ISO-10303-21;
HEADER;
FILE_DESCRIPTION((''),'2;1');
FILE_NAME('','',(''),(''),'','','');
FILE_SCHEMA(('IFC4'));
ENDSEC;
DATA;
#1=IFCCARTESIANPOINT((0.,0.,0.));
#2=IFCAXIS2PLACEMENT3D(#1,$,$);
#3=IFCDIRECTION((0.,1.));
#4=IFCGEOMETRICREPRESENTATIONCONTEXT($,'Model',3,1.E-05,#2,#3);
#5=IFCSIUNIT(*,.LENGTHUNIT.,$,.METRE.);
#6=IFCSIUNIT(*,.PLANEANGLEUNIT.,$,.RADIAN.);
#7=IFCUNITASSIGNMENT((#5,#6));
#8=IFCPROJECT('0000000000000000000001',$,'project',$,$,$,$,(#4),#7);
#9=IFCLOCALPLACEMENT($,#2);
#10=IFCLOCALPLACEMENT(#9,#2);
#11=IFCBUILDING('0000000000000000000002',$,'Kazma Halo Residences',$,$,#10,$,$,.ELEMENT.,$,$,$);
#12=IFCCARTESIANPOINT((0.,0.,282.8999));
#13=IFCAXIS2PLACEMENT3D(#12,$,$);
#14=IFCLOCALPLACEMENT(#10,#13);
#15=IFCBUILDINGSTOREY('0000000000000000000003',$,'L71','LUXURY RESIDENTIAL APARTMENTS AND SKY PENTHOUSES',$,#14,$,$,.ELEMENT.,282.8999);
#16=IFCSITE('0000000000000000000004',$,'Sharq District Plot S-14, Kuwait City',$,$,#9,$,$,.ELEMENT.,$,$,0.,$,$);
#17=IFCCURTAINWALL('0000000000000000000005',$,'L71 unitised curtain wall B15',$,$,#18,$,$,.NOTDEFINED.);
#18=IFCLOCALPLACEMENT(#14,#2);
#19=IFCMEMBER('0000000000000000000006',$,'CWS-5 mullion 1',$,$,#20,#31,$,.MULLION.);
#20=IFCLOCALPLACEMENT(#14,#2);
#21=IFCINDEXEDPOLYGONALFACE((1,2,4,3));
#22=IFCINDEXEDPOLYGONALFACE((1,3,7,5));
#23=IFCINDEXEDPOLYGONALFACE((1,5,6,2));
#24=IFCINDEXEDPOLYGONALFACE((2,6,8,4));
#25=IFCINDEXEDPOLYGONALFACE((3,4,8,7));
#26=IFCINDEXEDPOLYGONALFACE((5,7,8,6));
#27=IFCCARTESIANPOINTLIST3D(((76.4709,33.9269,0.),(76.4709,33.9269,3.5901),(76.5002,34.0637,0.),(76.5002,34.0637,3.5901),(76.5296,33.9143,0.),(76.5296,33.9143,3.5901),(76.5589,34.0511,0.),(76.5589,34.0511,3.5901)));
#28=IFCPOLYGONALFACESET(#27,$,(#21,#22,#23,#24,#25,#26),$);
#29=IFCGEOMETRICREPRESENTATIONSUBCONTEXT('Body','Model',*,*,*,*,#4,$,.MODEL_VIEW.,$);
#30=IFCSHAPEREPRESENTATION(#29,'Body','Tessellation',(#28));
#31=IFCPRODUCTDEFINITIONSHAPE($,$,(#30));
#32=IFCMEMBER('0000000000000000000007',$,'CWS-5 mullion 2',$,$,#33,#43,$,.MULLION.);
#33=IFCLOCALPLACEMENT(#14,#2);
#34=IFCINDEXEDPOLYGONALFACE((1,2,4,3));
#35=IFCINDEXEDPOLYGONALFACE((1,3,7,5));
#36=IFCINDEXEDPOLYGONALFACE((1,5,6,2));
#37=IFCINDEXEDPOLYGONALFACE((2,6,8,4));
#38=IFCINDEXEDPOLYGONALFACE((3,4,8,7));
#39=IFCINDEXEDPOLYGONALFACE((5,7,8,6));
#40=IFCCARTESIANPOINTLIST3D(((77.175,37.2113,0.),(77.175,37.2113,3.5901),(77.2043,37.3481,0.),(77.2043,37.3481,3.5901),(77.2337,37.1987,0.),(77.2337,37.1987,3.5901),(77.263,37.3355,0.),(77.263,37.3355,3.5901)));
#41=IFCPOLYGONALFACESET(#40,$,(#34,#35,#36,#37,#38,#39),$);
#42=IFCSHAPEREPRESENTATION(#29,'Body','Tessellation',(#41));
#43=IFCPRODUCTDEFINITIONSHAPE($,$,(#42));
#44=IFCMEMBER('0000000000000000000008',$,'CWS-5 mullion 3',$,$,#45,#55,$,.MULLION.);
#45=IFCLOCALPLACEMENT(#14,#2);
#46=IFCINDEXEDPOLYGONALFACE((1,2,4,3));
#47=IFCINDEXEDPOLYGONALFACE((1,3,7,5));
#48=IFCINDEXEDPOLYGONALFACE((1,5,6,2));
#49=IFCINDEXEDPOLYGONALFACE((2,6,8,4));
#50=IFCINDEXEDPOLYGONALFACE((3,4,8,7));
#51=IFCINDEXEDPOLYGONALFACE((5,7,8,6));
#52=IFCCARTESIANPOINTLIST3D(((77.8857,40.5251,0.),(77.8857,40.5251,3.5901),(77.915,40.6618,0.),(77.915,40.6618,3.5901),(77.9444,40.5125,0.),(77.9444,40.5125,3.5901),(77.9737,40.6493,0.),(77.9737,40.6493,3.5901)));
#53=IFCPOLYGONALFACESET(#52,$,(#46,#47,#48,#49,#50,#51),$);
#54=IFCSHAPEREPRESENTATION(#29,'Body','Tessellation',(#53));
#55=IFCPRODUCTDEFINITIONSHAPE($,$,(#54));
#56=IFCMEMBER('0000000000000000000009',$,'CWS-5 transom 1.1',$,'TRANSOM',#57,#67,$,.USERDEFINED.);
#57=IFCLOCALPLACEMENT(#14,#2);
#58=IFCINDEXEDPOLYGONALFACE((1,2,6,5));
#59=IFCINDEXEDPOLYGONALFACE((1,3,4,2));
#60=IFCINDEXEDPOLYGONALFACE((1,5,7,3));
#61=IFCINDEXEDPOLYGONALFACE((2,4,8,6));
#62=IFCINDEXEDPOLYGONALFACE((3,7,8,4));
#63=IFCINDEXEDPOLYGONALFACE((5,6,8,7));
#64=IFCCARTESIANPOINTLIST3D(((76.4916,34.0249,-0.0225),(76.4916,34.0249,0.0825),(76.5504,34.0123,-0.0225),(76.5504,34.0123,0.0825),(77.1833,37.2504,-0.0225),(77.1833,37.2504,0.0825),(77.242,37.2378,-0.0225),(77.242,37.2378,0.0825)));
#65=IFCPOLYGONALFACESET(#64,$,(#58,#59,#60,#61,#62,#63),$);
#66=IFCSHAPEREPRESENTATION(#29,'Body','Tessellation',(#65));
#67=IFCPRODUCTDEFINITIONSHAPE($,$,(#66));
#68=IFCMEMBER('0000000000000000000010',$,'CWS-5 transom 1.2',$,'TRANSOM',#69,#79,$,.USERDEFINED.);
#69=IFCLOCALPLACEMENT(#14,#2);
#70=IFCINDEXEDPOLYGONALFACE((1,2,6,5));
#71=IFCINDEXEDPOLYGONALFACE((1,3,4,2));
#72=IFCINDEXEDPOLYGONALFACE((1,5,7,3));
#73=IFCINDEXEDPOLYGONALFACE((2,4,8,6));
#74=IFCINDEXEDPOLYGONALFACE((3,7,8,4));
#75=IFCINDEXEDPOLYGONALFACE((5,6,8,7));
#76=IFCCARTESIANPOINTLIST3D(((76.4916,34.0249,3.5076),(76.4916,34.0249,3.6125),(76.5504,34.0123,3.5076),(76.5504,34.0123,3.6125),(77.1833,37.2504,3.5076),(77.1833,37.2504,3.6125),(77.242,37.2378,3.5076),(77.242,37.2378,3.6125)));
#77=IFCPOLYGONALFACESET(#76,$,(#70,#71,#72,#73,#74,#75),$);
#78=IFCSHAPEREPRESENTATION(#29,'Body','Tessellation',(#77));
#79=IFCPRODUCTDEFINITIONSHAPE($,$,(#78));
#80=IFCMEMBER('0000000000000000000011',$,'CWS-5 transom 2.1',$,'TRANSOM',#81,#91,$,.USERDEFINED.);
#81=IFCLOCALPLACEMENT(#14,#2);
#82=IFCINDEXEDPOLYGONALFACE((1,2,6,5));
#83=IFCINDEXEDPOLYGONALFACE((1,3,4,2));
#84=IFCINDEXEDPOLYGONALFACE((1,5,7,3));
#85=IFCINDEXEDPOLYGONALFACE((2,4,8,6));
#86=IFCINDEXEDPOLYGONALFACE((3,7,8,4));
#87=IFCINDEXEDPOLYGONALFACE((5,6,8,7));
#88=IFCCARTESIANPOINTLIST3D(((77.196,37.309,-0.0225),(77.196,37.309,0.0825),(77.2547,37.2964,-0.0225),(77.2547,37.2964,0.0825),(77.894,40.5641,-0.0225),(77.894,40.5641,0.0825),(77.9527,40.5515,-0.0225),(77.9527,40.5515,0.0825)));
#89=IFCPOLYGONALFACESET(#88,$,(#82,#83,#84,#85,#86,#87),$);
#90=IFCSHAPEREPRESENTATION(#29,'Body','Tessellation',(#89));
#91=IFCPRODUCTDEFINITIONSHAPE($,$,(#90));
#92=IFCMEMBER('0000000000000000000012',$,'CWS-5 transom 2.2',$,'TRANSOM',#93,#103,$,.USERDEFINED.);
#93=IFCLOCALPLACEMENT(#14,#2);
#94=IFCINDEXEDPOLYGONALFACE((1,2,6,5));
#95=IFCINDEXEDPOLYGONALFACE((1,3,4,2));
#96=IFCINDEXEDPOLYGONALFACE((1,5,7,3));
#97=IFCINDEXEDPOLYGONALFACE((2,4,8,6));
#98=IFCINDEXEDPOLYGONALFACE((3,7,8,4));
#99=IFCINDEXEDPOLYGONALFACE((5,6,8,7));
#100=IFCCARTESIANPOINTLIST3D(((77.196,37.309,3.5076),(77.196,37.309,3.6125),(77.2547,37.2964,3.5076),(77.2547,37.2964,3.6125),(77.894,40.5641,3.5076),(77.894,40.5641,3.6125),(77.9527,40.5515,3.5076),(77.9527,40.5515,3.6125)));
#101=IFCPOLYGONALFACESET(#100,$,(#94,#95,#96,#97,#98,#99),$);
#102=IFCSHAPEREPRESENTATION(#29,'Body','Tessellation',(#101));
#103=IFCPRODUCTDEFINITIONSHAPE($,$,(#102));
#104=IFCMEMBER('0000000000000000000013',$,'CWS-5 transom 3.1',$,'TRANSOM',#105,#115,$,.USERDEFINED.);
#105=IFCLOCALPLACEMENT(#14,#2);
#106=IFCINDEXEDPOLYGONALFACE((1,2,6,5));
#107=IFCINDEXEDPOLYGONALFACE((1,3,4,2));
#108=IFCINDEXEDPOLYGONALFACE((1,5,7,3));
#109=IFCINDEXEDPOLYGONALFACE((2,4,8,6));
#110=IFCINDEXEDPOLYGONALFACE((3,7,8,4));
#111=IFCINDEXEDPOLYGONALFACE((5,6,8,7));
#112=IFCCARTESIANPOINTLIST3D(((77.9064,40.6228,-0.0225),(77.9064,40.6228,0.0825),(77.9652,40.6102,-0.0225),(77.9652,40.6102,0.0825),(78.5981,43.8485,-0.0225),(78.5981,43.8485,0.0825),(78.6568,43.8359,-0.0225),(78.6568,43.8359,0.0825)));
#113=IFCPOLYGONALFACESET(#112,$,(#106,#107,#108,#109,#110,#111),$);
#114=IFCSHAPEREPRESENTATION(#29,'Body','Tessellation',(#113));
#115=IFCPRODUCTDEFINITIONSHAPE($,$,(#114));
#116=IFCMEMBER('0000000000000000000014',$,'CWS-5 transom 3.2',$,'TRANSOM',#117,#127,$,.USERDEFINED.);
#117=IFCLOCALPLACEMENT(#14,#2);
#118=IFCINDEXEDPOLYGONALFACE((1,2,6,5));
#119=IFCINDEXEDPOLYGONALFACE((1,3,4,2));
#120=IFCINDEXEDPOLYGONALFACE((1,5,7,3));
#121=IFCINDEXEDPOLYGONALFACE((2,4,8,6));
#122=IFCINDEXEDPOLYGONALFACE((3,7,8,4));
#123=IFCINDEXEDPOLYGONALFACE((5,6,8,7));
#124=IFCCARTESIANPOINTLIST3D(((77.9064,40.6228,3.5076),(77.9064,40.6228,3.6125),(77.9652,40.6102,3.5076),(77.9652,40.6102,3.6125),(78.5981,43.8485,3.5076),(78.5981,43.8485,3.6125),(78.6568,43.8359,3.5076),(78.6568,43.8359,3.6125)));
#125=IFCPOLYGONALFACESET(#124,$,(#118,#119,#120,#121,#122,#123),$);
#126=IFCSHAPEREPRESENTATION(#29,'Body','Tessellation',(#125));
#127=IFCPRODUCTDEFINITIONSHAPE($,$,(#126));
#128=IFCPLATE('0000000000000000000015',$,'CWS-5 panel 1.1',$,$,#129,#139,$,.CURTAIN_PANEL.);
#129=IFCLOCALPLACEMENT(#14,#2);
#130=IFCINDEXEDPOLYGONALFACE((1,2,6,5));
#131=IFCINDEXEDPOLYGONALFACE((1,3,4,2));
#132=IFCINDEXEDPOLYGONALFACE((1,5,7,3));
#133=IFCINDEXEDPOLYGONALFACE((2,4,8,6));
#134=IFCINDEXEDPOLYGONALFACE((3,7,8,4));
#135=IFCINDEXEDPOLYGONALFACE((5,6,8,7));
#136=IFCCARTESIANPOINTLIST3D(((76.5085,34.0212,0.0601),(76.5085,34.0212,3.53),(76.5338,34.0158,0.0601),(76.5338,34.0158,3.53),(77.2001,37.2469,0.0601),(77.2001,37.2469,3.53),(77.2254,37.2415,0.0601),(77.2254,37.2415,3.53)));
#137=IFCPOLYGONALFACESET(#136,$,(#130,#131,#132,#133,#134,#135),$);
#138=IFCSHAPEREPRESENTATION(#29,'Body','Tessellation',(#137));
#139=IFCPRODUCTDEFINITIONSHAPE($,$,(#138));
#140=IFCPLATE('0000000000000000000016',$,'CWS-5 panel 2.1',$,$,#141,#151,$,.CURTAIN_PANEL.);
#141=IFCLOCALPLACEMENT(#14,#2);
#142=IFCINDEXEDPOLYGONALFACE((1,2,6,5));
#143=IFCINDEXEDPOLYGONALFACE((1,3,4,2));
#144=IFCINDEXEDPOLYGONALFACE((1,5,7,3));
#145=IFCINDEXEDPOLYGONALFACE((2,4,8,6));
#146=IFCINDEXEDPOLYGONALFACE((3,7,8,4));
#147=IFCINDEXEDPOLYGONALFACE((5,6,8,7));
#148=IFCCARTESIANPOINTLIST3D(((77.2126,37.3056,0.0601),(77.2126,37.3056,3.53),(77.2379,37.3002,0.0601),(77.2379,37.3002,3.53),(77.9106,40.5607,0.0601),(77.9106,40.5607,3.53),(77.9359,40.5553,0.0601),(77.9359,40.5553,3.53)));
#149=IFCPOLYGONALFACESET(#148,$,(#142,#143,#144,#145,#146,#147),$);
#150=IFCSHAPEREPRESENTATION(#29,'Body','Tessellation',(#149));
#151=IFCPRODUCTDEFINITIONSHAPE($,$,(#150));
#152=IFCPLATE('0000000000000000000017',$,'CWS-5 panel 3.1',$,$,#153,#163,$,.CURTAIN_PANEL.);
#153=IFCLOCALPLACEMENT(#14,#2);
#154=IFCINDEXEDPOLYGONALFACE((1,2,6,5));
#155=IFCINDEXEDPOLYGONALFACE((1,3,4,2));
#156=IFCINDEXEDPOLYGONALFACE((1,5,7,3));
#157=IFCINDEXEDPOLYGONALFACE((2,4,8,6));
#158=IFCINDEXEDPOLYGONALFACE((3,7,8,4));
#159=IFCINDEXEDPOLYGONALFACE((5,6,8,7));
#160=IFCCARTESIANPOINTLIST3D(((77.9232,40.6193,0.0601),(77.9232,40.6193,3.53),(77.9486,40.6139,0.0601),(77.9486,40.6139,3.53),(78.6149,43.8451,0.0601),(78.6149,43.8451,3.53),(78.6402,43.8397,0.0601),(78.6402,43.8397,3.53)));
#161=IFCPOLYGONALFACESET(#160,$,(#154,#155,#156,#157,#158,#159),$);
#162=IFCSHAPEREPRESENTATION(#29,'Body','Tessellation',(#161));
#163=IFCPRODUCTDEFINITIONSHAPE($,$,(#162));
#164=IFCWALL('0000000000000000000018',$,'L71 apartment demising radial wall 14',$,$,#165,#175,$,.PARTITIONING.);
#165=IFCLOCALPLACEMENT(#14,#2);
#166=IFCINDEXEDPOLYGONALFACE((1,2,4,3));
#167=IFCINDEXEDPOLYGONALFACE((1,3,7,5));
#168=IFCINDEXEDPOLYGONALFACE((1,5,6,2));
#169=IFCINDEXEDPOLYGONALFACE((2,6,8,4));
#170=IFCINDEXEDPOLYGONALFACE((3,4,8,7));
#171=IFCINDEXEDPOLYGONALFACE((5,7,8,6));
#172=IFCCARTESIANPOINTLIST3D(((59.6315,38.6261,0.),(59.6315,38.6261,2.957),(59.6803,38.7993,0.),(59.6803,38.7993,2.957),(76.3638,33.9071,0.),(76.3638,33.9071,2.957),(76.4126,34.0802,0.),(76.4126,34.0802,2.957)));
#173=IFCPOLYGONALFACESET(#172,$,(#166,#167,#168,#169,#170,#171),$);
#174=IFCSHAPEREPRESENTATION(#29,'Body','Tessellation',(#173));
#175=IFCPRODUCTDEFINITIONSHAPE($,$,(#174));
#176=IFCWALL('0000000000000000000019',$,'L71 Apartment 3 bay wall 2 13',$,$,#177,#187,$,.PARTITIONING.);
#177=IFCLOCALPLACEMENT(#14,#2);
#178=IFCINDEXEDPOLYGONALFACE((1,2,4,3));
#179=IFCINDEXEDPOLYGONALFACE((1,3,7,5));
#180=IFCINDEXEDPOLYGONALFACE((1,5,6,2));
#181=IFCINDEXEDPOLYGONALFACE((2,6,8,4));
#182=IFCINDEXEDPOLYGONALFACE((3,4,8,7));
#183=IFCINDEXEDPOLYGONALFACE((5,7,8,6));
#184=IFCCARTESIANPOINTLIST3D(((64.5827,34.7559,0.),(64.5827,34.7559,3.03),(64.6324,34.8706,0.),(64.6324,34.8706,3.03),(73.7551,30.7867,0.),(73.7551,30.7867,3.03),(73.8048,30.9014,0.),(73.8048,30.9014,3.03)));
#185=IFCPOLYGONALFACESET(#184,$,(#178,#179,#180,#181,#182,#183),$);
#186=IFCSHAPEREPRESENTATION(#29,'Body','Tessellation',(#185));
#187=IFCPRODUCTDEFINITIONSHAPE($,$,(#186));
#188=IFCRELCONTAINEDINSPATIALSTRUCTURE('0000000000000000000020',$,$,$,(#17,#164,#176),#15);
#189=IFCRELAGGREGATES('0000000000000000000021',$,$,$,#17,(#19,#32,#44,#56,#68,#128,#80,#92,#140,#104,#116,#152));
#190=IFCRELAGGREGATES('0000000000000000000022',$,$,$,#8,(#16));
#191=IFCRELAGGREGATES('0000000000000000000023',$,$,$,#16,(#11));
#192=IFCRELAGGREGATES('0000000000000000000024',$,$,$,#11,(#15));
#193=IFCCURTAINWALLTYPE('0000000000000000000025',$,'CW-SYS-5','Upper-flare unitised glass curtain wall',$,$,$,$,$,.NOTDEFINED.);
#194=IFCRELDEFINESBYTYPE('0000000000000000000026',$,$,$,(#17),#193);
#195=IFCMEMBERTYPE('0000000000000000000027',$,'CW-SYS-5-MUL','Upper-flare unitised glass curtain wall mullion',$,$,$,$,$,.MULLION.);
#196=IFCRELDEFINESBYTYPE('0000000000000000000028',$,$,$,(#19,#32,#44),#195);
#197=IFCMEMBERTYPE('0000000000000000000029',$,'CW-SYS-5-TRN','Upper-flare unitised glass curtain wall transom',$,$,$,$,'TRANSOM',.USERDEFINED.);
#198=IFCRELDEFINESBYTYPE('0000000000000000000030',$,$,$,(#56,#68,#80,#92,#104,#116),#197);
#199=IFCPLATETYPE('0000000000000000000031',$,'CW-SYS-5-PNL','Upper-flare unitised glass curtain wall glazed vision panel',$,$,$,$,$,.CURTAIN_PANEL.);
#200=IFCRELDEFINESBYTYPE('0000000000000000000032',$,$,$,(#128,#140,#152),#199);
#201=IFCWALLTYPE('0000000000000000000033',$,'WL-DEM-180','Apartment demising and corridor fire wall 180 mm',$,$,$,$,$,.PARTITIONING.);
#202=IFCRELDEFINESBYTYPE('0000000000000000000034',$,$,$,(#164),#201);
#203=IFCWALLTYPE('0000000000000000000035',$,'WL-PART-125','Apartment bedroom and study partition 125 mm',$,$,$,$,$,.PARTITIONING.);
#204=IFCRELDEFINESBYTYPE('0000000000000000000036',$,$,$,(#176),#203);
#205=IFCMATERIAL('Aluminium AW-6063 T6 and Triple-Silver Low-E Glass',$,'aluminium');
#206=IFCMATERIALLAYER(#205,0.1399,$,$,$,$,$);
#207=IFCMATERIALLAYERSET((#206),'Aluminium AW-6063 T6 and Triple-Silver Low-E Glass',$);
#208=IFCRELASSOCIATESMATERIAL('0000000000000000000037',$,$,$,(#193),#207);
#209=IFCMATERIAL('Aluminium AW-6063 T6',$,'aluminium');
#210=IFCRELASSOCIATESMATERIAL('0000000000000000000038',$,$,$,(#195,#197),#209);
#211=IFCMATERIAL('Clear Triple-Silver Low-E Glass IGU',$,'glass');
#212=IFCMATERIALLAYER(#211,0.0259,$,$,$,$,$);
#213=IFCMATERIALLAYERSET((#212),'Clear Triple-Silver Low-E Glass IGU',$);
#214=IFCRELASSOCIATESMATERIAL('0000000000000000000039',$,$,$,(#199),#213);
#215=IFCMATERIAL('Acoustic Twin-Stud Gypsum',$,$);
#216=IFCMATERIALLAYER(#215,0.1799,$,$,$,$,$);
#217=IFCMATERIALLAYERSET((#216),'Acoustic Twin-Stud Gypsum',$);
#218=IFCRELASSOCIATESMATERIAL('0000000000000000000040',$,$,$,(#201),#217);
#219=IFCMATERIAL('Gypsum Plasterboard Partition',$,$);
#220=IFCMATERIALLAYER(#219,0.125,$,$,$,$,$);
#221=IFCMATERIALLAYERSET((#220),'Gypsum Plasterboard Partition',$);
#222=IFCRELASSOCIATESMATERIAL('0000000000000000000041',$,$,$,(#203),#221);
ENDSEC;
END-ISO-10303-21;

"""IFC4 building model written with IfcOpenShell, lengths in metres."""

from ifc_helpers import new_model, si_unit, direction, frame, frame_2d, origin, origin_2d, place, context, subcontext, project, spatial, rectangle, extrude, material, layer, layer_set, material_profile, profile_set, type_object, element, aggregate, save


model = new_model("IFC4")

# Units and contexts
model_context = context("Model", 3, precision=1e-05, world=origin(), true_north=direction((0.0, 1.0)))
body_context = subcontext(model_context, "Body", "Model", "MODEL_VIEW")
ifc_project = project(units=[si_unit("LENGTHUNIT", "METRE"), si_unit("PLANEANGLEUNIT", "RADIAN")], contexts=[model_context])

# Site, building, storey
site_placement = place(None, origin())
site = spatial("IfcSite", under=ifc_project, at=site_placement, Name="Sharq District Plot S-14, Kuwait City", CompositionType="ELEMENT", RefElevation=0.0)
building_placement = place(site_placement, origin())
building = spatial("IfcBuilding", under=site, at=building_placement, Name="Kazma Halo Residences", CompositionType="ELEMENT")
storey_placement = place(building_placement, frame((0.0, 0.0, 282.8999)))
storey = spatial("IfcBuildingStorey", under=building, at=storey_placement, Name="L71", Description="LUXURY RESIDENTIAL APARTMENTS AND SKY PENTHOUSES", CompositionType="ELEMENT", Elevation=282.8999)

# Curtain wall, members, plates
ifc_material_1 = material(Name="Aluminium AW-6063 T6 and Triple-Silver Low-E Glass", Category="aluminium")
ifc_layer_1 = layer(ifc_material_1, 0.1399)
ifc_layer_set_1 = layer_set([ifc_layer_1], Name="Aluminium AW-6063 T6 and Triple-Silver Low-E Glass")
curtain_wall_type = type_object("IfcCurtainWallType", Name="CW-SYS-5", Description="Upper-flare unitised glass curtain wall", PredefinedType="NOTDEFINED", material=ifc_layer_set_1)
curtain_wall_placement = place(storey_placement, origin())
curtain_wall = element("IfcCurtainWall", 1, at=curtain_wall_placement, inside=storey, type_object=curtain_wall_type, Name="L71 unitised curtain wall B15", PredefinedType="NOTDEFINED")
ifc_material_2 = material(Name="Aluminium AW-6063 T6", Category="aluminium")
ifc_material_profile_1 = material_profile(ifc_material_2, rectangle(XDim=0.0601, YDim=0.1399, at=origin_2d()), Name="CWM-60x140")
ifc_profile_set_1 = profile_set([ifc_material_profile_1], Name="Aluminium AW-6063 T6")
member_type_1 = type_object("IfcMemberType", Name="CW-SYS-5-MUL", Description="Upper-flare unitised glass curtain wall mullion", PredefinedType="MULLION", material=ifc_profile_set_1)
member_1_placement = place(storey_placement, frame((76.5149, 33.989, 0.0), z_axis=(0.0, 0.0, 1.0), x_axis=(-0.977775, 0.209657, 0.0)))
member_1 = element("IfcMember", 2, at=member_1_placement, type_object=member_type_1, Name="CWS-5 mullion 1", PredefinedType="MULLION", context=body_context, shape_type="SweptSolid", body=[
    extrude(rectangle(XDim=0.0601, YDim=0.1399, at=origin_2d()), origin(), (0.0, 0.0, 1.0), 3.5901),
])
member_2_placement = place(storey_placement, frame((77.219, 37.2734, 0.0), z_axis=(0.0, 0.0, 1.0), x_axis=(-0.977775, 0.209657, 0.0)))
member_2 = element("IfcMember", 3, at=member_2_placement, type_object=member_type_1, Name="CWS-5 mullion 2", PredefinedType="MULLION", context=body_context, shape_type="SweptSolid", body=[
    extrude(rectangle(XDim=0.0601, YDim=0.1399, at=origin_2d()), origin(), (0.0, 0.0, 1.0), 3.5901),
])
member_3_placement = place(storey_placement, frame((77.9297, 40.5872, 0.0), z_axis=(0.0, 0.0, 1.0), x_axis=(-0.977775, 0.209657, 0.0)))
member_3 = element("IfcMember", 4, at=member_3_placement, type_object=member_type_1, Name="CWS-5 mullion 3", PredefinedType="MULLION", context=body_context, shape_type="SweptSolid", body=[
    extrude(rectangle(XDim=0.0601, YDim=0.1399, at=origin_2d()), origin(), (0.0, 0.0, 1.0), 3.5901),
])
ifc_material_profile_2 = material_profile(ifc_material_2, rectangle(XDim=0.0601, YDim=0.105, at=origin_2d()), Name="CWT-60x105")
ifc_profile_set_2 = profile_set([ifc_material_profile_2], Name="Aluminium AW-6063 T6")
member_type_2 = type_object("IfcMemberType", Name="CW-SYS-5-TRN", Description="Upper-flare unitised glass curtain wall transom", ElementType="TRANSOM", PredefinedType="USERDEFINED", material=ifc_profile_set_2)
member_4_placement = place(storey_placement, frame((76.521, 34.0186, 0.03), z_axis=(0.20966, 0.977774, 0.0), x_axis=(-0.977774, 0.20966, 0.0)))
member_4 = element("IfcMember", 5, at=member_4_placement, type_object=member_type_2, Name="CWS-5 transom 1.1", ObjectType="TRANSOM", PredefinedType="USERDEFINED", context=body_context, shape_type="SweptSolid", body=[
    extrude(rectangle(XDim=0.0601, YDim=0.105, at=origin_2d()), origin(), (0.0, 0.0, 1.0), 3.2988),
])
member_5_placement = place(storey_placement, frame((76.521, 34.0186, 3.5601), z_axis=(0.20966, 0.977774, 0.0), x_axis=(-0.977774, 0.20966, 0.0)))
member_5 = element("IfcMember", 6, at=member_5_placement, type_object=member_type_2, Name="CWS-5 transom 1.2", ObjectType="TRANSOM", PredefinedType="USERDEFINED", context=body_context, shape_type="SweptSolid", body=[
    extrude(rectangle(XDim=0.0601, YDim=0.105, at=origin_2d()), origin(), (0.0, 0.0, 1.0), 3.2988),
])
member_6_placement = place(storey_placement, frame((77.2253, 37.3027, 0.03), z_axis=(0.209664, 0.977773, 0.0), x_axis=(-0.977773, 0.209664, 0.0)))
member_6 = element("IfcMember", 7, at=member_6_placement, type_object=member_type_2, Name="CWS-5 transom 2.1", ObjectType="TRANSOM", PredefinedType="USERDEFINED", context=body_context, shape_type="SweptSolid", body=[
    extrude(rectangle(XDim=0.0601, YDim=0.105, at=origin_2d()), origin(), (0.0, 0.0, 1.0), 3.3291),
])
member_7_placement = place(storey_placement, frame((77.2253, 37.3027, 3.5601), z_axis=(0.209664, 0.977773, 0.0), x_axis=(-0.977773, 0.209664, 0.0)))
member_7 = element("IfcMember", 8, at=member_7_placement, type_object=member_type_2, Name="CWS-5 transom 2.2", ObjectType="TRANSOM", PredefinedType="USERDEFINED", context=body_context, shape_type="SweptSolid", body=[
    extrude(rectangle(XDim=0.0601, YDim=0.105, at=origin_2d()), origin(), (0.0, 0.0, 1.0), 3.3291),
])
member_8_placement = place(storey_placement, frame((77.9358, 40.6165, 0.03), z_axis=(0.209645, 0.977777, 0.0), x_axis=(-0.977777, 0.209645, 0.0)))
member_8 = element("IfcMember", 9, at=member_8_placement, type_object=member_type_2, Name="CWS-5 transom 3.1", ObjectType="TRANSOM", PredefinedType="USERDEFINED", context=body_context, shape_type="SweptSolid", body=[
    extrude(rectangle(XDim=0.0601, YDim=0.105, at=origin_2d()), origin(), (0.0, 0.0, 1.0), 3.2991),
])
member_9_placement = place(storey_placement, frame((77.9358, 40.6165, 3.5601), z_axis=(0.209645, 0.977777, 0.0), x_axis=(-0.977777, 0.209645, 0.0)))
member_9 = element("IfcMember", 10, at=member_9_placement, type_object=member_type_2, Name="CWS-5 transom 3.2", ObjectType="TRANSOM", PredefinedType="USERDEFINED", context=body_context, shape_type="SweptSolid", body=[
    extrude(rectangle(XDim=0.0601, YDim=0.105, at=origin_2d()), origin(), (0.0, 0.0, 1.0), 3.2991),
])
ifc_material_3 = material(Name="Clear Triple-Silver Low-E Glass IGU", Category="glass")
ifc_layer_2 = layer(ifc_material_3, 0.0259)
ifc_layer_set_2 = layer_set([ifc_layer_2], Name="Clear Triple-Silver Low-E Glass IGU")
plate_type = type_object("IfcPlateType", Name="CW-SYS-5-PNL", Description="Upper-flare unitised glass curtain wall glazed vision panel", PredefinedType="CURTAIN_PANEL", material=ifc_layer_set_2)
plate_1_placement = place(storey_placement, frame((76.8669, 35.6313, 0.0601), z_axis=(0.0, 0.0, 1.0), x_axis=(0.209657, 0.977775, 0.0)))
plate_1 = element("IfcPlate", 11, at=plate_1_placement, type_object=plate_type, Name="CWS-5 panel 1.1", PredefinedType="CURTAIN_PANEL", context=body_context, shape_type="SweptSolid", body=[
    extrude(rectangle(XDim=3.2991, YDim=0.0259, at=origin_2d()), origin(), (0.0, 0.0, 1.0), 3.47),
])
plate_2_placement = place(storey_placement, frame((77.5742, 38.9304, 0.0601), z_axis=(0.0, 0.0, 1.0), x_axis=(0.209657, 0.977775, 0.0)))
plate_2 = element("IfcPlate", 12, at=plate_2_placement, type_object=plate_type, Name="CWS-5 panel 2.1", PredefinedType="CURTAIN_PANEL", context=body_context, shape_type="SweptSolid", body=[
    extrude(rectangle(XDim=3.3291, YDim=0.0259, at=origin_2d()), origin(), (0.0, 0.0, 1.0), 3.47),
])
plate_3_placement = place(storey_placement, frame((78.2817, 42.2295, 0.0601), z_axis=(0.0, 0.0, 1.0), x_axis=(0.209657, 0.977775, 0.0)))
plate_3 = element("IfcPlate", 13, at=plate_3_placement, type_object=plate_type, Name="CWS-5 panel 3.1", PredefinedType="CURTAIN_PANEL", context=body_context, shape_type="SweptSolid", body=[
    extrude(rectangle(XDim=3.2991, YDim=0.0259, at=origin_2d()), origin(), (0.0, 0.0, 1.0), 3.47),
])
aggregate(curtain_wall, [member_1, member_2, member_3, member_4, member_5, plate_1, member_6, member_7, plate_2, member_8, member_9, plate_3])

# Walls
ifc_material_4 = material(Name="Acoustic Twin-Stud Gypsum")
ifc_layer_3 = layer(ifc_material_4, 0.1799)
ifc_layer_set_3 = layer_set([ifc_layer_3], Name="Acoustic Twin-Stud Gypsum")
wall_type_1 = type_object("IfcWallType", Name="WL-DEM-180", Description="Apartment demising and corridor fire wall 180 mm", PredefinedType="PARTITIONING", material=ifc_layer_set_3)
wall_1_placement = place(storey_placement, frame((59.656, 38.7126, 0.0), z_axis=(0.0, 0.0, 1.0), x_axis=(0.962455, -0.271442, 0.0)))
element("IfcWall", 14, at=wall_1_placement, inside=storey, type_object=wall_type_1, Name="L71 apartment demising radial wall 14", PredefinedType="PARTITIONING", context=body_context, shape_type="SweptSolid", body=[
    extrude(rectangle(XDim=17.385, YDim=0.1799, at=frame_2d((8.6924, 0.0))), origin(), (0.0, 0.0, 1.0), 2.957),
])
ifc_material_5 = material(Name="Gypsum Plasterboard Partition")
ifc_layer_4 = layer(ifc_material_5, 0.125)
ifc_layer_set_4 = layer_set([ifc_layer_4], Name="Gypsum Plasterboard Partition")
wall_type_2 = type_object("IfcWallType", Name="WL-PART-125", Description="Apartment bedroom and study partition 125 mm", PredefinedType="PARTITIONING", material=ifc_layer_set_4)
wall_2_placement = place(storey_placement, frame((64.6077, 34.8132, 0.0), z_axis=(0.0, 0.0, 1.0), x_axis=(0.917755, -0.397148, 0.0)))
element("IfcWall", 15, at=wall_2_placement, inside=storey, type_object=wall_type_2, Name="L71 Apartment 3 bay wall 2 13", PredefinedType="PARTITIONING", context=body_context, shape_type="SweptSolid", body=[
    extrude(rectangle(XDim=9.9944, YDim=0.125, at=frame_2d((4.9971, 0.0))), origin(), (0.0, 0.0, 1.0), 3.03),
])

save(model, "model.ifc")
